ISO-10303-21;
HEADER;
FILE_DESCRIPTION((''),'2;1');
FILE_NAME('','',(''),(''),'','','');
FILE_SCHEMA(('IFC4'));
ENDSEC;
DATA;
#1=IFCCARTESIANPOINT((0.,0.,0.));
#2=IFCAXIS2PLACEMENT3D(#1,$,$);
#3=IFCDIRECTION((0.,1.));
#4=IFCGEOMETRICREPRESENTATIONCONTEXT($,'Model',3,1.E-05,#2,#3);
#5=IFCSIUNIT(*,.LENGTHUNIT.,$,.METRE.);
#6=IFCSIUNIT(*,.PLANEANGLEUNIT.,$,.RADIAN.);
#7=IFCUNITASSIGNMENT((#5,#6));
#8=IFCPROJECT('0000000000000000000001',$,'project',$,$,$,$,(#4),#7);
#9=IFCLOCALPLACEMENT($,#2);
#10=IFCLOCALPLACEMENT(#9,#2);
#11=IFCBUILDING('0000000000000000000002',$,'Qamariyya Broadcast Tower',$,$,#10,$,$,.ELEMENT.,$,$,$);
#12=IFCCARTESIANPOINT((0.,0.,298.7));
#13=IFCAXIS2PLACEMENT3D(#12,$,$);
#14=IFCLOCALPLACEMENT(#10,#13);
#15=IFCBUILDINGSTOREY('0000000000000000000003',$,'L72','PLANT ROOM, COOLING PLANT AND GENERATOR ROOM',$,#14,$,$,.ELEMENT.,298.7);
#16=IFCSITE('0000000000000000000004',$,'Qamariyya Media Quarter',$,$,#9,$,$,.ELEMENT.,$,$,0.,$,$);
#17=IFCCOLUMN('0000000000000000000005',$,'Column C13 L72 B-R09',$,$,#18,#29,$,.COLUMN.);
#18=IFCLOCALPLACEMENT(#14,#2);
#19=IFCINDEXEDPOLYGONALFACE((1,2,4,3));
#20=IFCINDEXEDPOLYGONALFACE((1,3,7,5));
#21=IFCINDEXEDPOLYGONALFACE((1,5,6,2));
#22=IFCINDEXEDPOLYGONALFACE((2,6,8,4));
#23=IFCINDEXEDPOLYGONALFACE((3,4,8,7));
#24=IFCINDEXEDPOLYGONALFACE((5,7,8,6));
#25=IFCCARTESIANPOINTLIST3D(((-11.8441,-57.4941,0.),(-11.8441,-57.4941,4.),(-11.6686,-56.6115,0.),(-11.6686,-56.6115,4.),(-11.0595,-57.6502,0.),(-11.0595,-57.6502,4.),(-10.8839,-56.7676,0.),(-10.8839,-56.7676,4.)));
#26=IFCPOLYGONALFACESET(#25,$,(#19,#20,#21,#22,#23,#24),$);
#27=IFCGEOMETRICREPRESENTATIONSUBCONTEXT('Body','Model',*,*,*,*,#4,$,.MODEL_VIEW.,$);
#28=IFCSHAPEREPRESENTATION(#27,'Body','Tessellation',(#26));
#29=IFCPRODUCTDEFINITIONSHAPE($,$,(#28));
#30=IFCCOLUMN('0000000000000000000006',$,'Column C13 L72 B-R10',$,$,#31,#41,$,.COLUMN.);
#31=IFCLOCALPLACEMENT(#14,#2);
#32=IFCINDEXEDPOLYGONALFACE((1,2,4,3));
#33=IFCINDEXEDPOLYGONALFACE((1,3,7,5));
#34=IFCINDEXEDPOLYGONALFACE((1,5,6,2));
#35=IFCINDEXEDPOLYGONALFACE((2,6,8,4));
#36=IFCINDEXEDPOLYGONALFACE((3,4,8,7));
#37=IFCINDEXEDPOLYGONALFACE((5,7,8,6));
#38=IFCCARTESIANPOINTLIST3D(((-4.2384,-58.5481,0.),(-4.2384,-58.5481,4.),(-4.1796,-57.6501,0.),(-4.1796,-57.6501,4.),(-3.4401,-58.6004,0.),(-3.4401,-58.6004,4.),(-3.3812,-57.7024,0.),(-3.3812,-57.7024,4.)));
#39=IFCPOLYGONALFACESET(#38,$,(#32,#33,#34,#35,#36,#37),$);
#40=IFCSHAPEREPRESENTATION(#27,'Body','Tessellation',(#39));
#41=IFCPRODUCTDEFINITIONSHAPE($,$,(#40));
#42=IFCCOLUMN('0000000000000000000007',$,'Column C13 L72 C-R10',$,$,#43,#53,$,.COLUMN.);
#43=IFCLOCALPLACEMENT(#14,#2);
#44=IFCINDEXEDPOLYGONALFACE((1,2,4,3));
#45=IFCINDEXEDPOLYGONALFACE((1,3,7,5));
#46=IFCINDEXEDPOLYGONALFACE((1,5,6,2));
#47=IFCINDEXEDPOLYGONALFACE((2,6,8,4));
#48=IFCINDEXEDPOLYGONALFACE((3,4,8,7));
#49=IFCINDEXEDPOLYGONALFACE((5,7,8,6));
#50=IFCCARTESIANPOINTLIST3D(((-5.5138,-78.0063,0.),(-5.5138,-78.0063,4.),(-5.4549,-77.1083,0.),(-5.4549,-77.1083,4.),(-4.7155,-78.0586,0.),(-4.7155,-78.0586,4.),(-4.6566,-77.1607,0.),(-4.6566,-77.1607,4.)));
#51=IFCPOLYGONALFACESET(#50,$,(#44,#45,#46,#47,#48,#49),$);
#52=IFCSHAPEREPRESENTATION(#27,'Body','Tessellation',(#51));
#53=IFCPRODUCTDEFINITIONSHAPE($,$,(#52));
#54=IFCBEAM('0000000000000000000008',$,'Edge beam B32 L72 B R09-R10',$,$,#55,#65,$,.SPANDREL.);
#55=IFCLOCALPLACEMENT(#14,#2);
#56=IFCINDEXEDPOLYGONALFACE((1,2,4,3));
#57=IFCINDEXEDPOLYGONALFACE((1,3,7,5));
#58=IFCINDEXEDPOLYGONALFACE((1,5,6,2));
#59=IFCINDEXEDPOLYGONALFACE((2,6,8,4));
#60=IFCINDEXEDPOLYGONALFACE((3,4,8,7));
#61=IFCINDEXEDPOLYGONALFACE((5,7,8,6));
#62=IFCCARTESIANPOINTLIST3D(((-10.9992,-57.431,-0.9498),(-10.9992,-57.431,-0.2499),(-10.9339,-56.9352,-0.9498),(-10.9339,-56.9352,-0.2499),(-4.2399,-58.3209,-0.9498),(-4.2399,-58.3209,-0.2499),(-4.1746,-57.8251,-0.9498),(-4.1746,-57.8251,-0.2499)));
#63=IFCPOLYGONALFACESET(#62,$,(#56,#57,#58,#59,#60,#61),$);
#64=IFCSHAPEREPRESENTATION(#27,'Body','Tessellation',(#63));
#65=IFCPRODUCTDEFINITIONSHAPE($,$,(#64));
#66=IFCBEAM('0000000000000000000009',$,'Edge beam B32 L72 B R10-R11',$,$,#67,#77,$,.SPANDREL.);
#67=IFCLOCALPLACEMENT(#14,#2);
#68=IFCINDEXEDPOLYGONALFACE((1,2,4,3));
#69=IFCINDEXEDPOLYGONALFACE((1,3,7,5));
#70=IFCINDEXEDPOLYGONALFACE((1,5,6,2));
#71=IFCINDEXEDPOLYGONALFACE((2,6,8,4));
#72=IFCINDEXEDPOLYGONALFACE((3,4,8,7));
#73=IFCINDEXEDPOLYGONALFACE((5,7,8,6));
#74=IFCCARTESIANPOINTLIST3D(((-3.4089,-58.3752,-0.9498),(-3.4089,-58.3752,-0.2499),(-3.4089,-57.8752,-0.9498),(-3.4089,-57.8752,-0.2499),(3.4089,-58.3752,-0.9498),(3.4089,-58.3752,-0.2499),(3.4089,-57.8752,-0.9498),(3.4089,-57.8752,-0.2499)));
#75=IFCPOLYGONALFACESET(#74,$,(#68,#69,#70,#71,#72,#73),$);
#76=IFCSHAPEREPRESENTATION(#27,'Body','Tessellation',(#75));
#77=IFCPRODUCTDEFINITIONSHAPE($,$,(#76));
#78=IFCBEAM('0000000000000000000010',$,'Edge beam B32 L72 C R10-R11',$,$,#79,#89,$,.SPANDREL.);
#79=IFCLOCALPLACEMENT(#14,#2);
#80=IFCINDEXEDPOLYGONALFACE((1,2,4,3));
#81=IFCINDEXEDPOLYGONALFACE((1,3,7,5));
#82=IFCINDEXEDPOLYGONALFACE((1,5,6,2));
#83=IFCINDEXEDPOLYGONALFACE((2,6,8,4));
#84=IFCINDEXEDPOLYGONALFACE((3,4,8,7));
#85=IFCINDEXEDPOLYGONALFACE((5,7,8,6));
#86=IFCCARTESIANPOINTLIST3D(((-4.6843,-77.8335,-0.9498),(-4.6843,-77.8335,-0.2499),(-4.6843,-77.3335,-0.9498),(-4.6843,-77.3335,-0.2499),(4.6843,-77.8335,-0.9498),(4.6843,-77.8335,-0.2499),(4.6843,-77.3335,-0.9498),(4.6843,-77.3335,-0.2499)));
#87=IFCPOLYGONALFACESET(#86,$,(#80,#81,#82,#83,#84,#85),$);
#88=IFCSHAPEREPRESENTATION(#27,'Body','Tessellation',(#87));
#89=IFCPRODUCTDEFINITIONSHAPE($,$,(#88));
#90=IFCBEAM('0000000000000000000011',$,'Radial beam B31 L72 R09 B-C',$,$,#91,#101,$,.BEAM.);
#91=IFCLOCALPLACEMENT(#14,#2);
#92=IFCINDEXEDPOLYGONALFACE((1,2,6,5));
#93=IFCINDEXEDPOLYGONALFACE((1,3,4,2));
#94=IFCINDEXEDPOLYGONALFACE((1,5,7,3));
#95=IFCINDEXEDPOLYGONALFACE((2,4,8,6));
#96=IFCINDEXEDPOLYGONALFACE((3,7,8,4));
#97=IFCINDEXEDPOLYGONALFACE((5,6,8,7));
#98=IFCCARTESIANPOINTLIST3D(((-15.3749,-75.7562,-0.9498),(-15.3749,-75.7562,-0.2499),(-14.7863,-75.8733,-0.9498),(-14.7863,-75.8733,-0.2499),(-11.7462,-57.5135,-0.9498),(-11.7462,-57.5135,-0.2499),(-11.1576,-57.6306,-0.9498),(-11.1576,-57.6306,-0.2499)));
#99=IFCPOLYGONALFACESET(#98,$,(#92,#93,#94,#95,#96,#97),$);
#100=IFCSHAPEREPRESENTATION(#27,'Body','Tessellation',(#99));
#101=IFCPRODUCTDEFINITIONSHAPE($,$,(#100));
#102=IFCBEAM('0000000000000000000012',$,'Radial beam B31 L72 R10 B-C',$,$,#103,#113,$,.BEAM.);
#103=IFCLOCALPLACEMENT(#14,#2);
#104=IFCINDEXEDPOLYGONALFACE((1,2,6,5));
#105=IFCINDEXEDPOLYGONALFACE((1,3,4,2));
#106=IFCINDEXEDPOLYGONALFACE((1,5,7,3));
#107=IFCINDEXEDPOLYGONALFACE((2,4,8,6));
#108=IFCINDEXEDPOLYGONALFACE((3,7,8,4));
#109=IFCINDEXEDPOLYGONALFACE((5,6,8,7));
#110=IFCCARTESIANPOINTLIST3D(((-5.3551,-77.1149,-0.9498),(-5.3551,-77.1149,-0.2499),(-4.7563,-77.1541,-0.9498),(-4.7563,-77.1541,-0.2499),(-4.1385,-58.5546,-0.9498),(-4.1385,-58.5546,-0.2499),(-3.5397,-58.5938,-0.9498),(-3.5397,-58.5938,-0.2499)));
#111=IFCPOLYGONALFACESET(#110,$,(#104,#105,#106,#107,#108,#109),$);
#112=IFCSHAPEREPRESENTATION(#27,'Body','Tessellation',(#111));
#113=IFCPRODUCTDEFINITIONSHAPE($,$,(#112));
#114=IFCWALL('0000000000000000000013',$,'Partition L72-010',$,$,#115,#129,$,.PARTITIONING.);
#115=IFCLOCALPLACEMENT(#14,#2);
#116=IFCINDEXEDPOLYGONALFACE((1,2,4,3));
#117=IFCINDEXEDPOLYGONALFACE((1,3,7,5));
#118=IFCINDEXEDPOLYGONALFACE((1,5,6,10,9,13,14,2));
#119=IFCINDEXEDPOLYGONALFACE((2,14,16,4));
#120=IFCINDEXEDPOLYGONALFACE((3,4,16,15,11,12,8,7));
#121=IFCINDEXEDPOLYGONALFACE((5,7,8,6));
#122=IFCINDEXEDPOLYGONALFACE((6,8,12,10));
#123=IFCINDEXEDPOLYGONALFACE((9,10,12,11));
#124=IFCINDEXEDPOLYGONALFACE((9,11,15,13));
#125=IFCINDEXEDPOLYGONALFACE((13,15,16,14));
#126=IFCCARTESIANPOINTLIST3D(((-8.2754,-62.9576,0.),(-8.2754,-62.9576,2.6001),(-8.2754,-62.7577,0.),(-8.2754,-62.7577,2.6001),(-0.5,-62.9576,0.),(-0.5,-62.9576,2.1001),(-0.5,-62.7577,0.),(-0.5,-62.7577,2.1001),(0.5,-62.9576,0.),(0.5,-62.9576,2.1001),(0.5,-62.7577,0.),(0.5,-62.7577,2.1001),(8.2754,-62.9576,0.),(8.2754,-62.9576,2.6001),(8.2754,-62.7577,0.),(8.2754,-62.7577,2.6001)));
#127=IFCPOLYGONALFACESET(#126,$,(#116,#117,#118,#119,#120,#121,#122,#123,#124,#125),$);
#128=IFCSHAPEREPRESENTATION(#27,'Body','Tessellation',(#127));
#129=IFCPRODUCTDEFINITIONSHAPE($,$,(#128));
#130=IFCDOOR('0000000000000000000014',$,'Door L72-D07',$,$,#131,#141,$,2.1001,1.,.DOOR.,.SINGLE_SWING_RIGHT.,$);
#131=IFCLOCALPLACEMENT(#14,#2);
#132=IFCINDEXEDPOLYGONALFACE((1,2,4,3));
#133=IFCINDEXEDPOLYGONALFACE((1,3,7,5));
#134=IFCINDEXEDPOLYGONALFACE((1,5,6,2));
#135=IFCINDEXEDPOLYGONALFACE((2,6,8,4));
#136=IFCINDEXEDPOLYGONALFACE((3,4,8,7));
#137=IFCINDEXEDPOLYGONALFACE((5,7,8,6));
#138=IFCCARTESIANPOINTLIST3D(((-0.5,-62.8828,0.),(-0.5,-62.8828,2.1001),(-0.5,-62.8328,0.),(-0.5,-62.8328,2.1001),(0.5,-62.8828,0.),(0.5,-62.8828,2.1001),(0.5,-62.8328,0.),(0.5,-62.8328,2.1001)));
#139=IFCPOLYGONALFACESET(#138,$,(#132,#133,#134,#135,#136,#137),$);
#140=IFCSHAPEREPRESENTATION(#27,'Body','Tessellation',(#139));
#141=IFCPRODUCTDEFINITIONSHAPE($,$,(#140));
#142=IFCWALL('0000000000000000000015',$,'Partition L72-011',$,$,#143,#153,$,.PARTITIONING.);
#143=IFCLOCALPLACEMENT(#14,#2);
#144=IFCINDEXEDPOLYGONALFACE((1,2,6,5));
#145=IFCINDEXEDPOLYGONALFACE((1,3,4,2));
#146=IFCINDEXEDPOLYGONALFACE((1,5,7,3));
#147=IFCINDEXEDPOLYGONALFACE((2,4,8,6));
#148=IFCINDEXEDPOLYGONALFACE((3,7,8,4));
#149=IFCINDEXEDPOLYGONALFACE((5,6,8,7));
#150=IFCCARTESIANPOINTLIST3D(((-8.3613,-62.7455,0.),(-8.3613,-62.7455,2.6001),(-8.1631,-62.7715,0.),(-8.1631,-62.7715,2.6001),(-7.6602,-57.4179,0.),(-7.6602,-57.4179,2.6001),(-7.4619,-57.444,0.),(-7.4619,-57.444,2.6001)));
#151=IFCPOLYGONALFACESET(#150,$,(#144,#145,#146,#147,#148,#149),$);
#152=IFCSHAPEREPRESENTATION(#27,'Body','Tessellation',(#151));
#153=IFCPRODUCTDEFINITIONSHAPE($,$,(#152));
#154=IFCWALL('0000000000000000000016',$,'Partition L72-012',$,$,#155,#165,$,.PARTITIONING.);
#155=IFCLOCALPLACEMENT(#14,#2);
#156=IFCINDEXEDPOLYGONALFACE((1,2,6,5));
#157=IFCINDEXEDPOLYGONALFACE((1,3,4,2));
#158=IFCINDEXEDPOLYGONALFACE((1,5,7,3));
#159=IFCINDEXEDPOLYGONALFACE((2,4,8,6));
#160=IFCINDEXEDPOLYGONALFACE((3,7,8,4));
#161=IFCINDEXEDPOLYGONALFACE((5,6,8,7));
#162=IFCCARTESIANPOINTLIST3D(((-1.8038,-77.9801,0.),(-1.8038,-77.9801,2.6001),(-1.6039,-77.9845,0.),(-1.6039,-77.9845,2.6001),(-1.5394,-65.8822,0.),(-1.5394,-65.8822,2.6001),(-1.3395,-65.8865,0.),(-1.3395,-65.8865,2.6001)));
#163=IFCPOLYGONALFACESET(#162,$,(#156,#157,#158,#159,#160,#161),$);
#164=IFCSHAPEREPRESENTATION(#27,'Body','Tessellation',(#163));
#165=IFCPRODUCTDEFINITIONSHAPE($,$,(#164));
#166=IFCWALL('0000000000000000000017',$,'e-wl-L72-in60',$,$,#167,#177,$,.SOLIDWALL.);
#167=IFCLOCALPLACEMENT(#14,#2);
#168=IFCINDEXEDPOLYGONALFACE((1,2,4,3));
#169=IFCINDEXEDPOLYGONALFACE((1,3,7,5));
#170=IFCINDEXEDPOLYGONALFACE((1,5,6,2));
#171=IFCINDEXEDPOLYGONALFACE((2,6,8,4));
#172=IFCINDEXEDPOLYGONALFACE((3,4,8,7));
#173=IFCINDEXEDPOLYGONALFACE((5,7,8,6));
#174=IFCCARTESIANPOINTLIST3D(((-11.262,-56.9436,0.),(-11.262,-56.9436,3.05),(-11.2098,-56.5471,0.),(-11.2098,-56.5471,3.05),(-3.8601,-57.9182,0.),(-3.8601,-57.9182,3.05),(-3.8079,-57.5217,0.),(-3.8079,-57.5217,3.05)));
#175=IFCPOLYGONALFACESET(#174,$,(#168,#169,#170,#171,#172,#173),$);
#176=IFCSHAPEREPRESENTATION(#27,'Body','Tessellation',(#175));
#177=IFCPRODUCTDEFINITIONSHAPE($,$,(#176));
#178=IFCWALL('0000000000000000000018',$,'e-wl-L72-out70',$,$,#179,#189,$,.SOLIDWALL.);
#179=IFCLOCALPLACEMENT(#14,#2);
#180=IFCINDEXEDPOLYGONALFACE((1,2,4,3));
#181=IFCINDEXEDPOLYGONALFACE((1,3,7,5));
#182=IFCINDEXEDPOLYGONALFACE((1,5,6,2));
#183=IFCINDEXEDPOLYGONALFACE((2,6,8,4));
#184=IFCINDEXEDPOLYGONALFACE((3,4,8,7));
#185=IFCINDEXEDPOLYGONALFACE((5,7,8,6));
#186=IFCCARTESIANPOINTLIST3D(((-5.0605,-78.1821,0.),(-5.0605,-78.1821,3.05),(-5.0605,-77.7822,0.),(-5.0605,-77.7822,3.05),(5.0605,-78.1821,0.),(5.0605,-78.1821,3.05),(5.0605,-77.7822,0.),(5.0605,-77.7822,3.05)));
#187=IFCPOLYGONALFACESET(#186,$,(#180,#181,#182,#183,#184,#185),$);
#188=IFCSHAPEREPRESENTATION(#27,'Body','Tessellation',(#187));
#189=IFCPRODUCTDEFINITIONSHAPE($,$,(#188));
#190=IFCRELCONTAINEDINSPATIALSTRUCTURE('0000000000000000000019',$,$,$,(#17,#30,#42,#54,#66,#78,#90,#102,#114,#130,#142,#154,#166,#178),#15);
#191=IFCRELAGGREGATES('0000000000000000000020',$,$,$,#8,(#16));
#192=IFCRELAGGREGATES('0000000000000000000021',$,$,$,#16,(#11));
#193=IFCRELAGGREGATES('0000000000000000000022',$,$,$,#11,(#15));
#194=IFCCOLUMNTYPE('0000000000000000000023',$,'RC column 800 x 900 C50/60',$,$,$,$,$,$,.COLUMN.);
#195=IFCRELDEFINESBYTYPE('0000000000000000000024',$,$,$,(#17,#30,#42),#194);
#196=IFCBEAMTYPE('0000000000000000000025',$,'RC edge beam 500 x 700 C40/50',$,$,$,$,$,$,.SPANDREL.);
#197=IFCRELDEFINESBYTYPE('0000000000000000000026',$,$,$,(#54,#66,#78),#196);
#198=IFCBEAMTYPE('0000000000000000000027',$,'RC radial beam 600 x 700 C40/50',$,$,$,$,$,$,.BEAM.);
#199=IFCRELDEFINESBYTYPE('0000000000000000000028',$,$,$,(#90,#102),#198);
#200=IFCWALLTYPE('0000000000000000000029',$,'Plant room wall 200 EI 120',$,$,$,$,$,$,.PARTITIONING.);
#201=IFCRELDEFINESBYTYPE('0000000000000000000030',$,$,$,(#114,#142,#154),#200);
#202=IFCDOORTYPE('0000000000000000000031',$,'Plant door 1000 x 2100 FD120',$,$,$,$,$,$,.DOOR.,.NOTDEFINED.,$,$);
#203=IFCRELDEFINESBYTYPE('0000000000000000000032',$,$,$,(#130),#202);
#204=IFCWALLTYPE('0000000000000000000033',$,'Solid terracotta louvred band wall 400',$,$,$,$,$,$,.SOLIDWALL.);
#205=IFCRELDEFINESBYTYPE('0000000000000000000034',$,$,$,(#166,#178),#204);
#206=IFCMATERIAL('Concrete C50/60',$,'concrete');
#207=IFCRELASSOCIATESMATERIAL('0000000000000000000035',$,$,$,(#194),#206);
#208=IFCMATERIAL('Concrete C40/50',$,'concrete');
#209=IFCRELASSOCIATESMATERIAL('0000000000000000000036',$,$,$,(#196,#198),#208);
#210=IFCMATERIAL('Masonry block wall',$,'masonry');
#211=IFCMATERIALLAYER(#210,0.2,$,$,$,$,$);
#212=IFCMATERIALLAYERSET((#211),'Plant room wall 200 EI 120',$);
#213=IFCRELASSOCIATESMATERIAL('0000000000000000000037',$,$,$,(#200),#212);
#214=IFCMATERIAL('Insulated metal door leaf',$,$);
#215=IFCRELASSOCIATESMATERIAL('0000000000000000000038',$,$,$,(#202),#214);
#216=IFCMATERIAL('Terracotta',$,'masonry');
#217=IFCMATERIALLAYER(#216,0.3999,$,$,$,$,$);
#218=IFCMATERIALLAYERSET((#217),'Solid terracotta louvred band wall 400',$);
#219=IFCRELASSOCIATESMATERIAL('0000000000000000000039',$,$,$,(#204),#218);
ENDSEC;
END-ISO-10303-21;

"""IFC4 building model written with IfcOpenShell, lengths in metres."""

from ifc_helpers import new_model, si_unit, direction, frame, frame_2d, origin, origin_2d, place, context, subcontext, project, spatial, rectangle, extrude, material, layer, layer_set, material_profile, profile_set, type_object, element, fill, save


model = new_model("IFC4")

# Units and contexts
model_context = context("Model", 3, precision=1e-05, world=origin(), true_north=direction((0.0, 1.0)))
body_context = subcontext(model_context, "Body", "Model", "MODEL_VIEW")
ifc_project = project(units=[si_unit("LENGTHUNIT", "METRE"), si_unit("PLANEANGLEUNIT", "RADIAN")], contexts=[model_context])

# Site, building, storey
site_placement = place(None, origin())
site = spatial("IfcSite", under=ifc_project, at=site_placement, Name="Qamariyya Media Quarter", CompositionType="ELEMENT", RefElevation=0.0)
building_placement = place(site_placement, origin())
building = spatial("IfcBuilding", under=site, at=building_placement, Name="Qamariyya Broadcast Tower", CompositionType="ELEMENT")
storey_placement = place(building_placement, frame((0.0, 0.0, 298.7)))
storey = spatial("IfcBuildingStorey", under=building, at=storey_placement, Name="L72", Description="PLANT ROOM, COOLING PLANT AND GENERATOR ROOM", CompositionType="ELEMENT", Elevation=298.7)

# Columns
ifc_material_1 = material(Name="Concrete C50/60", Category="concrete")
ifc_material_profile_1 = material_profile(ifc_material_1, rectangle(XDim=0.8, YDim=0.8999, at=origin_2d()))
ifc_profile_set_1 = profile_set([ifc_material_profile_1], Name="Concrete C50/60")
column_type = type_object("IfcColumnType", Name="RC column 800 x 900 C50/60", PredefinedType="COLUMN", material=ifc_profile_set_1)
for number, where, z_axis, x_axis, name in (
    (1, (-11.364, -57.1309, 0.0), (0.0, 0.0, 1.0), (0.980785, -0.19509, 0.0), "Column C13 L72 B-R09"),
    (2, (-3.8098, -58.1252, 0.0), (0.0, 0.0, 1.0), (0.997859, -0.065403, 0.0), "Column C13 L72 B-R10"),
    (3, (-5.0852, -77.5835, 0.0), (0.0, 0.0, 1.0), (0.997859, -0.065403, 0.0), "Column C13 L72 C-R10"),
):
    element("IfcColumn", number, at=place(storey_placement, frame(where, z_axis=z_axis, x_axis=x_axis)), inside=storey, type_object=column_type, Name=name, PredefinedType="COLUMN", context=body_context, shape_type="SweptSolid", body=[
        extrude(rectangle(XDim=0.8, YDim=0.8999, at=origin_2d()), origin(), (0.0, 0.0, 1.0), 4.0),
    ])

# Beams
ifc_material_2 = material(Name="Concrete C40/50", Category="concrete")
ifc_material_profile_2 = material_profile(ifc_material_2, rectangle(XDim=0.5, YDim=0.7, at=origin_2d()))
ifc_profile_set_2 = profile_set([ifc_material_profile_2], Name="Concrete C40/50")
beam_type_1 = type_object("IfcBeamType", Name="RC edge beam 500 x 700 C40/50", PredefinedType="SPANDREL", material=ifc_profile_set_2)
beam_1_placement = place(storey_placement, frame((-10.9666, -57.1831, -0.5999), z_axis=(0.991445, -0.130529, 0.0), x_axis=(0.130529, 0.991445, 0.0)))
element("IfcBeam", 4, at=beam_1_placement, inside=storey, type_object=beam_type_1, Name="Edge beam B32 L72 B R09-R10", PredefinedType="SPANDREL", context=body_context, shape_type="SweptSolid", body=[
    extrude(rectangle(XDim=0.5, YDim=0.7, at=origin_2d()), origin(), (0.0, 0.0, 1.0), 6.8176),
])
beam_2_placement = place(storey_placement, frame((-3.4089, -58.1252, -0.5999), z_axis=(1.0, 0.0, 0.0), x_axis=(0.0, 1.0, 0.0)))
element("IfcBeam", 5, at=beam_2_placement, inside=storey, type_object=beam_type_1, Name="Edge beam B32 L72 B R10-R11", PredefinedType="SPANDREL", context=body_context, shape_type="SweptSolid", body=[
    extrude(rectangle(XDim=0.5, YDim=0.7, at=origin_2d()), origin(), (0.0, 0.0, 1.0), 6.8179),
])
beam_3_placement = place(storey_placement, frame((-4.6843, -77.5835, -0.5999), z_axis=(1.0, 0.0, 0.0), x_axis=(0.0, 1.0, 0.0)))
element("IfcBeam", 6, at=beam_3_placement, inside=storey, type_object=beam_type_1, Name="Edge beam B32 L72 C R10-R11", PredefinedType="SPANDREL", context=body_context, shape_type="SweptSolid", body=[
    extrude(rectangle(XDim=0.5, YDim=0.7, at=origin_2d()), origin(), (0.0, 0.0, 1.0), 9.3687),
])
ifc_material_profile_3 = material_profile(ifc_material_2, rectangle(XDim=0.6001, YDim=0.7, at=origin_2d()))
ifc_profile_set_3 = profile_set([ifc_material_profile_3], Name="Concrete C40/50")
beam_type_2 = type_object("IfcBeamType", Name="RC radial beam 600 x 700 C40/50", PredefinedType="BEAM", material=ifc_profile_set_3)
for number, where, z_axis, x_axis, name in (
    (7, (-11.4519, -57.572, -0.5999), (-0.195089, -0.980786, 0.0), (0.980786, -0.195089, 0.0), "Radial beam B31 L72 R09 B-C"),
    (8, (-3.8391, -58.5742, -0.5999), (-0.065406, -0.997859, 0.0), (0.997859, -0.065406, 0.0), "Radial beam B31 L72 R10 B-C"),
):
    element("IfcBeam", number, at=place(storey_placement, frame(where, z_axis=z_axis, x_axis=x_axis)), inside=storey, type_object=beam_type_2, Name=name, PredefinedType="BEAM", context=body_context, shape_type="SweptSolid", body=[
        extrude(rectangle(XDim=0.6001, YDim=0.7, at=origin_2d()), origin(), (0.0, 0.0, 1.0), 18.6001),
    ])

# Wall, opening, door
ifc_material_3 = material(Name="Masonry block wall", Category="masonry")
ifc_layer_1 = layer(ifc_material_3, 0.2)
ifc_layer_set_1 = layer_set([ifc_layer_1], Name="Plant room wall 200 EI 120")
wall_type_1 = type_object("IfcWallType", Name="Plant room wall 200 EI 120", PredefinedType="PARTITIONING", material=ifc_layer_set_1)
ifc_material_4 = material(Name="Insulated metal door leaf")
wall_1_placement = place(storey_placement, frame((-8.2754, -62.8577, 0.0), z_axis=(0.0, 0.0, 1.0), x_axis=(1.0, 0.0, 0.0)))
wall_1 = element("IfcWall", 9, at=wall_1_placement, inside=storey, type_object=wall_type_1, Name="Partition L72-010", PredefinedType="PARTITIONING", context=body_context, shape_type="SweptSolid", body=[
    extrude(rectangle(XDim=16.5508, YDim=0.2, at=frame_2d((8.2754, 0.0))), origin(), (0.0, 0.0, 1.0), 2.6001),
])
opening_1_placement = place(wall_1_placement, frame((7.7754, 0.0, 0.0)))
opening_1 = element("IfcOpeningElement", 10, at=opening_1_placement, cuts=wall_1, PredefinedType="OPENING", context=body_context, shape_type="SweptSolid", body=[
    extrude(rectangle(XDim=1.0, YDim=2.1001, at=frame_2d((0.5, 1.05))), frame((0.0, 0.1099, 0.0), z_axis=(0.0, -1.0, 0.0), x_axis=(1.0, 0.0, 0.0)), (0.0, 0.0, 1.0), 0.22),
])
door_type_1 = type_object("IfcDoorType", Name="Plant door 1000 x 2100 FD120", OperationType="NOTDEFINED", PredefinedType="DOOR", material=ifc_material_4)
door_1_placement = place(opening_1_placement, origin())
door_1 = element("IfcDoor", 11, at=door_1_placement, inside=storey, type_object=door_type_1, Name="Door L72-D07", OperationType="SINGLE_SWING_RIGHT", OverallHeight=2.1001, OverallWidth=1.0, PredefinedType="DOOR", context=body_context, shape_type="SweptSolid", body=[
    extrude(rectangle(XDim=1.0, YDim=2.1001, at=frame_2d((0.5, 1.05))), frame((0.0, 0.0249, 0.0), z_axis=(0.0, -1.0, 0.0), x_axis=(1.0, 0.0, 0.0)), (0.0, 0.0, 1.0), 0.05),
])
fill(opening_1, door_1)

# Walls
wall_2_placement = place(storey_placement, frame((-7.561, -57.4309, 0.0), z_axis=(0.0, 0.0, 1.0), x_axis=(-0.130485, -0.99145, 0.0)))
element("IfcWall", 12, at=wall_2_placement, inside=storey, type_object=wall_type_1, Name="Partition L72-011", PredefinedType="PARTITIONING", context=body_context, shape_type="SweptSolid", body=[
    extrude(rectangle(XDim=5.3735, YDim=0.2, at=frame_2d((2.6868, 0.0))), origin(), (0.0, 0.0, 1.0), 2.6001),
])
wall_3_placement = place(storey_placement, frame((-1.7039, -77.9822, 0.0), z_axis=(0.0, 0.0, 1.0), x_axis=(0.02185, 0.999761, 0.0)))
element("IfcWall", 13, at=wall_3_placement, inside=storey, type_object=wall_type_1, Name="Partition L72-012", PredefinedType="PARTITIONING", context=body_context, shape_type="SweptSolid", body=[
    extrude(rectangle(XDim=12.1008, YDim=0.2, at=frame_2d((6.0503, 0.0))), origin(), (0.0, 0.0, 1.0), 2.6001),
])
ifc_material_5 = material(Name="Terracotta", Category="masonry")
ifc_layer_2 = layer(ifc_material_5, 0.3999)
ifc_layer_set_2 = layer_set([ifc_layer_2], Name="Solid terracotta louvred band wall 400")
wall_type_2 = type_object("IfcWallType", Name="Solid terracotta louvred band wall 400", PredefinedType="SOLIDWALL", material=ifc_layer_set_2)
wall_4_placement = place(storey_placement, frame((-3.834, -57.72, 0.0), z_axis=(0.0, 0.0, 1.0), x_axis=(-0.991442, 0.130544, 0.0)))
element("IfcWall", 14, at=wall_4_placement, inside=storey, type_object=wall_type_2, Name="e-wl-L72-in60", PredefinedType="SOLIDWALL", context=body_context, shape_type="SweptSolid", body=[
    extrude(rectangle(XDim=7.4658, YDim=0.3999, at=frame_2d((3.7329, 0.0))), origin(), (0.0, 0.0, 1.0), 3.05),
])
wall_5_placement = place(storey_placement, frame((-5.0605, -77.9822, 0.0), z_axis=(0.0, 0.0, 1.0), x_axis=(1.0, 0.0, 0.0)))
element("IfcWall", 15, at=wall_5_placement, inside=storey, type_object=wall_type_2, Name="e-wl-L72-out70", PredefinedType="SOLIDWALL", context=body_context, shape_type="SweptSolid", body=[
    extrude(rectangle(XDim=10.1211, YDim=0.3999, at=frame_2d((5.0605, 0.0))), origin(), (0.0, 0.0, 1.0), 3.05),
])

save(model, "model.ifc")
